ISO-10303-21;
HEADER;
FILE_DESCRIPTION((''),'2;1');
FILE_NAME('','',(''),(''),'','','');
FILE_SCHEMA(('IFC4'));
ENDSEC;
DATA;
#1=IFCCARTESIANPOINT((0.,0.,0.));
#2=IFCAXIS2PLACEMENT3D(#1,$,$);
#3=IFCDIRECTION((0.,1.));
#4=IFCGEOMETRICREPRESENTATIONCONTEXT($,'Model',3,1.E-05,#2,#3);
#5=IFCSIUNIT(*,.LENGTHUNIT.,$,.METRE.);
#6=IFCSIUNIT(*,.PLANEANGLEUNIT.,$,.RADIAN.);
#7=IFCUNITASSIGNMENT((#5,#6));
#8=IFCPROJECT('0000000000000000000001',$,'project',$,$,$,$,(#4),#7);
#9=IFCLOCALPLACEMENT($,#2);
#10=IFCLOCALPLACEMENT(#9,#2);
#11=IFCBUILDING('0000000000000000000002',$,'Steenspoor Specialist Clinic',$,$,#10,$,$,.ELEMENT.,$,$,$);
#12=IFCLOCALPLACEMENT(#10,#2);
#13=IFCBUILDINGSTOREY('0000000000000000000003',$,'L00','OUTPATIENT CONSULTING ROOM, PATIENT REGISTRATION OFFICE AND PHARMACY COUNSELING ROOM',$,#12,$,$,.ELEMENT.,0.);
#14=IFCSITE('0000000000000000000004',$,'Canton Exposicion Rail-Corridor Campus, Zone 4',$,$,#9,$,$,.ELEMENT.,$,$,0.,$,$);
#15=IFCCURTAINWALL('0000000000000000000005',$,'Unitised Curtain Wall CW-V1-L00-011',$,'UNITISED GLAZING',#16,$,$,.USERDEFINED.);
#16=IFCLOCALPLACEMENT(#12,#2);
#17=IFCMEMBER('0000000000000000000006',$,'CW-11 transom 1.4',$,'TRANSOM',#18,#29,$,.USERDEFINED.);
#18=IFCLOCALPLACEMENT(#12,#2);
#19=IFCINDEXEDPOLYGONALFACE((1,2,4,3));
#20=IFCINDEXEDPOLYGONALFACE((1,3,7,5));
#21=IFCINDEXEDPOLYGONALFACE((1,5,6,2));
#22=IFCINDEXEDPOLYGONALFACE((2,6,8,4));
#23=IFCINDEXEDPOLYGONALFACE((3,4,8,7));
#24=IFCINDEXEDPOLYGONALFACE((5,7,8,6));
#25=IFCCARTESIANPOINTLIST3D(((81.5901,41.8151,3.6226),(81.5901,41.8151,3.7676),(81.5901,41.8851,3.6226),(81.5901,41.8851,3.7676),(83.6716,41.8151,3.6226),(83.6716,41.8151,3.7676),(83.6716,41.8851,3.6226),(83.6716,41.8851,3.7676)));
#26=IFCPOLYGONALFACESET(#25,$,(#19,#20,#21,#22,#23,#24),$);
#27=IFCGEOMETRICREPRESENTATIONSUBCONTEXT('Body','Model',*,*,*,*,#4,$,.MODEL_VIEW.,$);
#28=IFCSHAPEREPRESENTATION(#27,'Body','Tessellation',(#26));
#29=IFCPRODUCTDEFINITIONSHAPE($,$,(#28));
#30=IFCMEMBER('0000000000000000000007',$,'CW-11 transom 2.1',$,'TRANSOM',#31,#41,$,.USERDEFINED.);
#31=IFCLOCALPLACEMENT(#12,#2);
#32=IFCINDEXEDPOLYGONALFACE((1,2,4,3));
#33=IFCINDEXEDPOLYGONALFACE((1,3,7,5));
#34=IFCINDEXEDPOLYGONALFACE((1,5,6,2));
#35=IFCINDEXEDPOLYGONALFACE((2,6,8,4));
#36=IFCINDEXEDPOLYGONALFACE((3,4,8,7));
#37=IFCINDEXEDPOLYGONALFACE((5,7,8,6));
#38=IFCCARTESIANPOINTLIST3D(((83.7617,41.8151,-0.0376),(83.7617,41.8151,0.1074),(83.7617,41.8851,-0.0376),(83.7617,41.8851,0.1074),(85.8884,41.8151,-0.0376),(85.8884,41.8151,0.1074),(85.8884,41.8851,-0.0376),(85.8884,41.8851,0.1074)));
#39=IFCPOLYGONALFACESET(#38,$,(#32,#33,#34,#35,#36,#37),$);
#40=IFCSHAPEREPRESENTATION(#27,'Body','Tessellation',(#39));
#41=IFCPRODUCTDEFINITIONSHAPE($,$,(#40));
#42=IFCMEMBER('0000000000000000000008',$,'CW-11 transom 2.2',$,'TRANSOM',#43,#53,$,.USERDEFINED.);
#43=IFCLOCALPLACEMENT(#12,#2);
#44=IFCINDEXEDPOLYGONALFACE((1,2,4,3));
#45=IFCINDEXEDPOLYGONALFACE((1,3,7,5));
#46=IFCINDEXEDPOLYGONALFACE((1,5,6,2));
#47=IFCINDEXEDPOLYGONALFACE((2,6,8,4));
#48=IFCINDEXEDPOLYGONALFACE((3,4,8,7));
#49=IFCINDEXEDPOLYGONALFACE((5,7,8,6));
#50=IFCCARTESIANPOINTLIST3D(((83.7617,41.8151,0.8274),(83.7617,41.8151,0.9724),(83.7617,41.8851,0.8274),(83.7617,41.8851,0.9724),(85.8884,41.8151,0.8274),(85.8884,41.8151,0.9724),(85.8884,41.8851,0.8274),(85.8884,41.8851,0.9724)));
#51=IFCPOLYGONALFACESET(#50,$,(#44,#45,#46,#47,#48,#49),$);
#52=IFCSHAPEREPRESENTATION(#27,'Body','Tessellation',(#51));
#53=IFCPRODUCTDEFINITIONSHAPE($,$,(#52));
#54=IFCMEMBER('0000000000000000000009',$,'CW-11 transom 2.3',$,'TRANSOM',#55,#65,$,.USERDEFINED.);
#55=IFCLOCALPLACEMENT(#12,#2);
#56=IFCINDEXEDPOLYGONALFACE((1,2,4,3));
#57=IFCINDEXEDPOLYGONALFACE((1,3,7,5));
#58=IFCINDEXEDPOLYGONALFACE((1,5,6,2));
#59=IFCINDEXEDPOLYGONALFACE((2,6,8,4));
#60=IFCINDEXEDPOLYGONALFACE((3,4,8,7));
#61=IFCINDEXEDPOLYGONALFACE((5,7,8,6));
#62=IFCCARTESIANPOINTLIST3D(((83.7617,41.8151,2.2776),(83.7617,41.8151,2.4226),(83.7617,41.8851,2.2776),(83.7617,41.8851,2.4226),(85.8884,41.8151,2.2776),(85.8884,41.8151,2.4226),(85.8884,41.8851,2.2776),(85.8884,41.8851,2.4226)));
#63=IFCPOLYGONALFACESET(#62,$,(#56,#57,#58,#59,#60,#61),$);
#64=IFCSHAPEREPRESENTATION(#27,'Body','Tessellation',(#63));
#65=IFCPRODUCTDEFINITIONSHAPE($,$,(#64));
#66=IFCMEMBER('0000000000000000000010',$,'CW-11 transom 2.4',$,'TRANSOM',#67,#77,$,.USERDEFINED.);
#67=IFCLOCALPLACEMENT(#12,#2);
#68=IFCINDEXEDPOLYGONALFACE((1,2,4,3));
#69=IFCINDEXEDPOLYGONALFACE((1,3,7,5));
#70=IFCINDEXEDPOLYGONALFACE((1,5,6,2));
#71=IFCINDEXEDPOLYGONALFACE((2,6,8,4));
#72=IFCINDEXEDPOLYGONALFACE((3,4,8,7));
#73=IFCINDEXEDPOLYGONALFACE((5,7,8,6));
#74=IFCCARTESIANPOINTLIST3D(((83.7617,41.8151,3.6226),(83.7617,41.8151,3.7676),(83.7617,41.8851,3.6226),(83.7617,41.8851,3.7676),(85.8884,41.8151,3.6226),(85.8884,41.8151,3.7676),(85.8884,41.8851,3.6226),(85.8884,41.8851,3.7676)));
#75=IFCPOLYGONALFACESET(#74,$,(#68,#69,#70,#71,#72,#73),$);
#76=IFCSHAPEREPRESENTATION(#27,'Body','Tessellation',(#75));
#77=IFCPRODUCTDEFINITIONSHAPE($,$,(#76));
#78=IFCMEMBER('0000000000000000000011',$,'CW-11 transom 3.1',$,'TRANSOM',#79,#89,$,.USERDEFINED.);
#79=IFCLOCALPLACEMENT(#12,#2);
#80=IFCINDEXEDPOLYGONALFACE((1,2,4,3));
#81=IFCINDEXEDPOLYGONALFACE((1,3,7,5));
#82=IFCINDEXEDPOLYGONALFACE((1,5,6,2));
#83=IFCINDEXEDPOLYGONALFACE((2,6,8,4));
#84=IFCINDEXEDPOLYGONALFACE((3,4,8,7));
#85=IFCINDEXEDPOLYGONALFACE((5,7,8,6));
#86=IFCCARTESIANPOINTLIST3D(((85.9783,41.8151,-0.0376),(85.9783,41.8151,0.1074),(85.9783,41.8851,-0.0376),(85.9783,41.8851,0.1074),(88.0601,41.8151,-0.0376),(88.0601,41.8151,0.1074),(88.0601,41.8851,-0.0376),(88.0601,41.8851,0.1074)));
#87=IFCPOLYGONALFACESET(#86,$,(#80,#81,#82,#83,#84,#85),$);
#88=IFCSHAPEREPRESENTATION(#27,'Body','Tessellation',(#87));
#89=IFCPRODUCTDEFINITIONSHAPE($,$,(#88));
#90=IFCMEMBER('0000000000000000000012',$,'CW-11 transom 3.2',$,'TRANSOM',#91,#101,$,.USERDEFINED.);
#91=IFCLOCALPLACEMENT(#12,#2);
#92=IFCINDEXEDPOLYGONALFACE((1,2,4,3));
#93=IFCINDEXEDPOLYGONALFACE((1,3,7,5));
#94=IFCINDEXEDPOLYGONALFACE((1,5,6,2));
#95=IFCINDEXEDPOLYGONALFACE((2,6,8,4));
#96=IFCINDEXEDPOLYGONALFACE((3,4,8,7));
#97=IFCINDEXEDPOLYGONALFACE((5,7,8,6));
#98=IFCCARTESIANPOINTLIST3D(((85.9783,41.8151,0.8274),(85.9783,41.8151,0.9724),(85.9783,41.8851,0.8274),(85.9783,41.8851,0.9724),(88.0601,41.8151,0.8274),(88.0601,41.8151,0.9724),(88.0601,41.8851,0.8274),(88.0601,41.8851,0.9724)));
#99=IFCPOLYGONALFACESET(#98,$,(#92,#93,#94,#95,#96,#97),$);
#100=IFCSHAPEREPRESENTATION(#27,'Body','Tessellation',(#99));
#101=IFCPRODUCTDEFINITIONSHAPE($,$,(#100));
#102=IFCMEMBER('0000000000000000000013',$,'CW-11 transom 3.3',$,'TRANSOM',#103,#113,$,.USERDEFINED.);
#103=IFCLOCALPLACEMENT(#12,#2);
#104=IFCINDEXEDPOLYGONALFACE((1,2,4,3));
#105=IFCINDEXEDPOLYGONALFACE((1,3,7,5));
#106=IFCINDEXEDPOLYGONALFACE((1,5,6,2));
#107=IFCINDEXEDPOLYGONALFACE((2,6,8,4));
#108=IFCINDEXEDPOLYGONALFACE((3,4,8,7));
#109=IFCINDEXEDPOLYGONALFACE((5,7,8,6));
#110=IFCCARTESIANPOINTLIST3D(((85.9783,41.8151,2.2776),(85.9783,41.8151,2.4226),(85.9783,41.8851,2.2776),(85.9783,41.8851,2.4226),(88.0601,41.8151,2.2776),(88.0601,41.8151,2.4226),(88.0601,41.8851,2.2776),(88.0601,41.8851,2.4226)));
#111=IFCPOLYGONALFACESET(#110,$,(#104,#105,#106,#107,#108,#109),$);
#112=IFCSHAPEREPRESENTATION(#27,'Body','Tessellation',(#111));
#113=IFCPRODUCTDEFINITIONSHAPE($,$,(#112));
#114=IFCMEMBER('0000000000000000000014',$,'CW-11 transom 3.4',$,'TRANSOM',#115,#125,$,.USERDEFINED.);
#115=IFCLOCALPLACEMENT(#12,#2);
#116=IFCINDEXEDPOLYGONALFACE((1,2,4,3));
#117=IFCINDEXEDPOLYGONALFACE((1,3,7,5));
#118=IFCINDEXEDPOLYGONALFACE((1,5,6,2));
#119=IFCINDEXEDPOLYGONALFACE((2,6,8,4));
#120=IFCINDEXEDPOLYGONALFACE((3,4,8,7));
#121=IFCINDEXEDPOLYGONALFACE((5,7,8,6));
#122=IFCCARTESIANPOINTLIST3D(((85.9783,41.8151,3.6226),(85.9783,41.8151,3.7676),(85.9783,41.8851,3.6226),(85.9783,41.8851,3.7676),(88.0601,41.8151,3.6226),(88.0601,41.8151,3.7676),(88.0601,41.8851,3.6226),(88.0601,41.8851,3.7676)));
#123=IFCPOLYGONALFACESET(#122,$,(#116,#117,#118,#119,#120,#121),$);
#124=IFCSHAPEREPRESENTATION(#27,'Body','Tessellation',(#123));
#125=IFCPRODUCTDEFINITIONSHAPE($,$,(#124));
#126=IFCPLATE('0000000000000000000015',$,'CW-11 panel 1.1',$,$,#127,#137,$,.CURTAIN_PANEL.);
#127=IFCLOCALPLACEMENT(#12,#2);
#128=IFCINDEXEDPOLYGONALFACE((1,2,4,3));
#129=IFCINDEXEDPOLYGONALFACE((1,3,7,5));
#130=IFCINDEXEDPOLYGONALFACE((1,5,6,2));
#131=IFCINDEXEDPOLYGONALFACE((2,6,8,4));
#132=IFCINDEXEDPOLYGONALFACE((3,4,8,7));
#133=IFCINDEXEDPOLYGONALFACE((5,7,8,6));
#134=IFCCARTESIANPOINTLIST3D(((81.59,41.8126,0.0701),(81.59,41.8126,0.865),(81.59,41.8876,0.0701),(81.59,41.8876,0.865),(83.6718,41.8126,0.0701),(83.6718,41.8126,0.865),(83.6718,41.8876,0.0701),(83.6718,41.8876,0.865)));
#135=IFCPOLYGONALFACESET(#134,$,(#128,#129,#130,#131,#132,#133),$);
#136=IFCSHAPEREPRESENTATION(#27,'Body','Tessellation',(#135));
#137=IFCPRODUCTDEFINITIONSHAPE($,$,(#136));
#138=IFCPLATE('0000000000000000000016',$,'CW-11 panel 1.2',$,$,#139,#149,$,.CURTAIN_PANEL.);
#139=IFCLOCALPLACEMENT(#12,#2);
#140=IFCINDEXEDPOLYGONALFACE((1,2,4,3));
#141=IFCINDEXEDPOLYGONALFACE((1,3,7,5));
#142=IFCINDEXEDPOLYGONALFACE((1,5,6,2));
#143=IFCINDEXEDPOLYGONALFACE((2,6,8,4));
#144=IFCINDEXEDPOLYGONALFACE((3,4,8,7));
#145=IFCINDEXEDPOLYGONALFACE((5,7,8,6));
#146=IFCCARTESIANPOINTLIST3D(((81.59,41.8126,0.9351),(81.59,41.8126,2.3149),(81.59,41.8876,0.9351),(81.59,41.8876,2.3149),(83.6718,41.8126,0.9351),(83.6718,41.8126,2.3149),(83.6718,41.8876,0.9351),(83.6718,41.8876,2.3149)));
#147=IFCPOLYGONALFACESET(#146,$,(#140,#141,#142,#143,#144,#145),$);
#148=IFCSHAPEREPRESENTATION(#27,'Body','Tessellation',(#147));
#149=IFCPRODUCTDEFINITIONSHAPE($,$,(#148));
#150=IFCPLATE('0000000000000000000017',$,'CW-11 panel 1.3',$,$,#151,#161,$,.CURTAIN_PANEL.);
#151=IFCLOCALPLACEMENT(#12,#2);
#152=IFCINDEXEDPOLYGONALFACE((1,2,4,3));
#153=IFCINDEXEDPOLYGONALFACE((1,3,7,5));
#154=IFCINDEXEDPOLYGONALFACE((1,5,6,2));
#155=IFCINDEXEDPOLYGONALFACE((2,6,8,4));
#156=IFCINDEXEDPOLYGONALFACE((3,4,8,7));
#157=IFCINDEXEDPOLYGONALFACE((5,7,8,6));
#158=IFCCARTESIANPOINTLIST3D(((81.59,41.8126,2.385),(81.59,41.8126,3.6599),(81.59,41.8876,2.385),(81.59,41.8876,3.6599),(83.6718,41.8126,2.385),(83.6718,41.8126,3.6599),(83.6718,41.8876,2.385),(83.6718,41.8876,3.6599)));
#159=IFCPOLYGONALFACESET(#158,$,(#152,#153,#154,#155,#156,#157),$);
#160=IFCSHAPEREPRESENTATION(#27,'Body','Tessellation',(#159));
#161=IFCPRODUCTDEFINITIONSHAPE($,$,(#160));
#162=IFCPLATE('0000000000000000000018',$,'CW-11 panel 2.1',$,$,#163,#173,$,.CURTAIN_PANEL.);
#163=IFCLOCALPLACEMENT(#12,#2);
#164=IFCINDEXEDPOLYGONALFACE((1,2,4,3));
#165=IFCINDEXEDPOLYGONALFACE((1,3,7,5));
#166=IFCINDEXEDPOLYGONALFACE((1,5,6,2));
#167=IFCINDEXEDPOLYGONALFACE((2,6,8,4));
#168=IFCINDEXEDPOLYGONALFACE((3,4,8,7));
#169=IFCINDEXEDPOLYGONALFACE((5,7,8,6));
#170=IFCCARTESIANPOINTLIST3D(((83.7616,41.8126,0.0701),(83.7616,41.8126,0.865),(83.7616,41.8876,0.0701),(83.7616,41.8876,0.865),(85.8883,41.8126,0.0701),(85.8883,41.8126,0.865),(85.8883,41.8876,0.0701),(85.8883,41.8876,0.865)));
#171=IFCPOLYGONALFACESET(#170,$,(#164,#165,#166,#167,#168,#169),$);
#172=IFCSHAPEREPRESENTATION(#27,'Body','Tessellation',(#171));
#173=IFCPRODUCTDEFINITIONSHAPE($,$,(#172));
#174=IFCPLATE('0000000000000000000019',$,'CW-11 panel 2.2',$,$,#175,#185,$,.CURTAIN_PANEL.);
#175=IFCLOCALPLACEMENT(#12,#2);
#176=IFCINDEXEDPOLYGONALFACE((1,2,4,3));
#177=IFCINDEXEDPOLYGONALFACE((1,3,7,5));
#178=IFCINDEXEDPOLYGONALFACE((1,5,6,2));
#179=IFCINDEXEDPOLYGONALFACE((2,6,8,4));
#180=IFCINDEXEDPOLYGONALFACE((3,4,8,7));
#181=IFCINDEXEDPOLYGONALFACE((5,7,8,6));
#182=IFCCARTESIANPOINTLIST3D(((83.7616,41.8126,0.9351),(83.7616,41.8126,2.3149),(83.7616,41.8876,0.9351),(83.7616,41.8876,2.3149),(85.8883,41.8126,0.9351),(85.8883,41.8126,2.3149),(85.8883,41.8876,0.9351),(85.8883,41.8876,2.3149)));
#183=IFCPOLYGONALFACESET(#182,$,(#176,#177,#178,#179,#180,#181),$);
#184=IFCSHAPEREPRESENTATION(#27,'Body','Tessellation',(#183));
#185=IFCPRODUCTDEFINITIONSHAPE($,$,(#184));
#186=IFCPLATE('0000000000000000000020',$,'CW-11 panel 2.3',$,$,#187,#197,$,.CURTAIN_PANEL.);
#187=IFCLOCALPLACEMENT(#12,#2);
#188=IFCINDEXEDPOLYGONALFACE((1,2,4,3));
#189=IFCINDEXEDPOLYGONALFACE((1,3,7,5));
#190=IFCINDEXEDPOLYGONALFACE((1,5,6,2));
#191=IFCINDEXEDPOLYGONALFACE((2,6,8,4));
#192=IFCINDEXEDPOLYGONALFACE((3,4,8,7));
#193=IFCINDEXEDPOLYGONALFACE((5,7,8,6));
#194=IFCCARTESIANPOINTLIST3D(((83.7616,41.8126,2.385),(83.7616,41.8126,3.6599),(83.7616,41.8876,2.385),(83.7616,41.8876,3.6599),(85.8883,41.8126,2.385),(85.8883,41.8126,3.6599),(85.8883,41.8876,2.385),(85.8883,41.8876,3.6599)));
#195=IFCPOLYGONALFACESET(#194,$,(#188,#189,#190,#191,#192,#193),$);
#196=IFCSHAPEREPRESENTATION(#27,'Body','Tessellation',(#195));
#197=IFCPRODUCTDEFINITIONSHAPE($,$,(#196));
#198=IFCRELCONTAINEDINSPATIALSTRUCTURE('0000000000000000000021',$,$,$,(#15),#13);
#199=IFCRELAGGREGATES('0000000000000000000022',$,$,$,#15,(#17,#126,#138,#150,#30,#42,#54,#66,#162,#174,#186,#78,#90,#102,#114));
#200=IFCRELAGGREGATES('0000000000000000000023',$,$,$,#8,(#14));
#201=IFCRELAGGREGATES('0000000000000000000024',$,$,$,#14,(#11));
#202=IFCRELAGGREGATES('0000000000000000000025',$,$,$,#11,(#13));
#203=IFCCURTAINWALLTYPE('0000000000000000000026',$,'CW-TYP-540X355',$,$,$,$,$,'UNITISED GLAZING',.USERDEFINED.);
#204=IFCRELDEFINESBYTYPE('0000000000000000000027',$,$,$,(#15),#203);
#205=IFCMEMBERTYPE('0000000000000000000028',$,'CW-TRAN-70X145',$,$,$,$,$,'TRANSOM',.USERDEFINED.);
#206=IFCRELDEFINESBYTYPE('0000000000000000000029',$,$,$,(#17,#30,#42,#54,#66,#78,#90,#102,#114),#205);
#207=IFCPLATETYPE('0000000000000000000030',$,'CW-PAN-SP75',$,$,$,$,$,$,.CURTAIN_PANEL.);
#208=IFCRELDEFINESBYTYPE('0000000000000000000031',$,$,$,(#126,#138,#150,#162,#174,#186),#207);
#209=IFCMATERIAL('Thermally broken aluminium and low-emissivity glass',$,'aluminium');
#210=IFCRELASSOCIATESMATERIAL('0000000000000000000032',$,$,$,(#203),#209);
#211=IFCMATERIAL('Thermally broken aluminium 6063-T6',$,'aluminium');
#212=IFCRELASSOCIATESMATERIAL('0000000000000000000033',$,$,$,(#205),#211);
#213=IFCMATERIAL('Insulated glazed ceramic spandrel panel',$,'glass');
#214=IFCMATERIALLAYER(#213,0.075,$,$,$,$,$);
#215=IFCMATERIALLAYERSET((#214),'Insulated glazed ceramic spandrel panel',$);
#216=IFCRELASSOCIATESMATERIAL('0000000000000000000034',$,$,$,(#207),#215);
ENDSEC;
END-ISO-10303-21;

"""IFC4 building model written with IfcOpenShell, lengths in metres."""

from ifc_helpers import new_model, si_unit, direction, frame, origin, origin_2d, place, context, subcontext, project, spatial, rectangle, extrude, material, layer, layer_set, material_profile, profile_set, type_object, element, aggregate, save


model = new_model("IFC4")

# Units and contexts
model_context = context("Model", 3, precision=1e-05, world=origin(), true_north=direction((0.0, 1.0)))
body_context = subcontext(model_context, "Body", "Model", "MODEL_VIEW")
ifc_project = project(units=[si_unit("LENGTHUNIT", "METRE"), si_unit("PLANEANGLEUNIT", "RADIAN")], contexts=[model_context])

# Site, building, storey
site_placement = place(None, origin())
site = spatial("IfcSite", under=ifc_project, at=site_placement, Name="Canton Exposicion Rail-Corridor Campus, Zone 4", CompositionType="ELEMENT", RefElevation=0.0)
building_placement = place(site_placement, origin())
building = spatial("IfcBuilding", under=site, at=building_placement, Name="Steenspoor Specialist Clinic", CompositionType="ELEMENT")
storey_placement = place(building_placement, origin())
storey = spatial("IfcBuildingStorey", under=building, at=storey_placement, Name="L00", Description="OUTPATIENT CONSULTING ROOM, PATIENT REGISTRATION OFFICE AND PHARMACY COUNSELING ROOM", CompositionType="ELEMENT", Elevation=0.0)

# Curtain wall, members, plates
ifc_material_1 = material(Name="Thermally broken aluminium and low-emissivity glass", Category="aluminium")
curtain_wall_type = type_object("IfcCurtainWallType", Name="CW-TYP-540X355", ElementType="UNITISED GLAZING", PredefinedType="USERDEFINED", material=ifc_material_1)
curtain_wall_placement = place(storey_placement, origin())
curtain_wall = element("IfcCurtainWall", 1, at=curtain_wall_placement, inside=storey, type_object=curtain_wall_type, Name="Unitised Curtain Wall CW-V1-L00-011", ObjectType="UNITISED GLAZING", PredefinedType="USERDEFINED")
ifc_material_2 = material(Name="Thermally broken aluminium 6063-T6", Category="aluminium")
ifc_material_profile_1 = material_profile(ifc_material_2, rectangle(XDim=0.0701, YDim=0.145, at=origin_2d()), Name="CWT-70X145")
ifc_profile_set_1 = profile_set([ifc_material_profile_1], Name="Thermally broken aluminium 6063-T6")
member_type_1 = type_object("IfcMemberType", Name="CW-TRAN-70X145", ElementType="TRANSOM", PredefinedType="USERDEFINED", material=ifc_profile_set_1)
member_1_placement = place(storey_placement, frame((81.5901, 41.8501, 3.6951), z_axis=(1.0, 0.0, 0.0), x_axis=(0.0, 1.0, 0.0)))
member_1 = element("IfcMember", 2, at=member_1_placement, type_object=member_type_1, Name="CW-11 transom 1.4", ObjectType="TRANSOM", PredefinedType="USERDEFINED", context=body_context, shape_type="SweptSolid", body=[
    extrude(rectangle(XDim=0.0701, YDim=0.145, at=origin_2d()), origin(), (0.0, 0.0, 1.0), 2.0815),
])
member_2_placement = place(storey_placement, frame((83.7617, 41.8501, 0.0349), z_axis=(1.0, 0.0, 0.0), x_axis=(0.0, 1.0, 0.0)))
member_2 = element("IfcMember", 3, at=member_2_placement, type_object=member_type_1, Name="CW-11 transom 2.1", ObjectType="TRANSOM", PredefinedType="USERDEFINED", context=body_context, shape_type="SweptSolid", body=[
    extrude(rectangle(XDim=0.0701, YDim=0.145, at=origin_2d()), origin(), (0.0, 0.0, 1.0), 2.1267),
])
member_3_placement = place(storey_placement, frame((83.7617, 41.8501, 0.8999), z_axis=(1.0, 0.0, 0.0), x_axis=(0.0, 1.0, 0.0)))
member_3 = element("IfcMember", 4, at=member_3_placement, type_object=member_type_1, Name="CW-11 transom 2.2", ObjectType="TRANSOM", PredefinedType="USERDEFINED", context=body_context, shape_type="SweptSolid", body=[
    extrude(rectangle(XDim=0.0701, YDim=0.145, at=origin_2d()), origin(), (0.0, 0.0, 1.0), 2.1267),
])
member_4_placement = place(storey_placement, frame((83.7617, 41.8501, 2.3501), z_axis=(1.0, 0.0, 0.0), x_axis=(0.0, 1.0, 0.0)))
member_4 = element("IfcMember", 5, at=member_4_placement, type_object=member_type_1, Name="CW-11 transom 2.3", ObjectType="TRANSOM", PredefinedType="USERDEFINED", context=body_context, shape_type="SweptSolid", body=[
    extrude(rectangle(XDim=0.0701, YDim=0.145, at=origin_2d()), origin(), (0.0, 0.0, 1.0), 2.1267),
])
member_5_placement = place(storey_placement, frame((83.7617, 41.8501, 3.6951), z_axis=(1.0, 0.0, 0.0), x_axis=(0.0, 1.0, 0.0)))
member_5 = element("IfcMember", 6, at=member_5_placement, type_object=member_type_1, Name="CW-11 transom 2.4", ObjectType="TRANSOM", PredefinedType="USERDEFINED", context=body_context, shape_type="SweptSolid", body=[
    extrude(rectangle(XDim=0.0701, YDim=0.145, at=origin_2d()), origin(), (0.0, 0.0, 1.0), 2.1267),
])
member_6_placement = place(storey_placement, frame((85.9783, 41.8501, 0.0349), z_axis=(1.0, 0.0, 0.0), x_axis=(0.0, 1.0, 0.0)))
member_6 = element("IfcMember", 7, at=member_6_placement, type_object=member_type_1, Name="CW-11 transom 3.1", ObjectType="TRANSOM", PredefinedType="USERDEFINED", context=body_context, shape_type="SweptSolid", body=[
    extrude(rectangle(XDim=0.0701, YDim=0.145, at=origin_2d()), origin(), (0.0, 0.0, 1.0), 2.0818),
])
member_7_placement = place(storey_placement, frame((85.9783, 41.8501, 0.8999), z_axis=(1.0, 0.0, 0.0), x_axis=(0.0, 1.0, 0.0)))
member_7 = element("IfcMember", 8, at=member_7_placement, type_object=member_type_1, Name="CW-11 transom 3.2", ObjectType="TRANSOM", PredefinedType="USERDEFINED", context=body_context, shape_type="SweptSolid", body=[
    extrude(rectangle(XDim=0.0701, YDim=0.145, at=origin_2d()), origin(), (0.0, 0.0, 1.0), 2.0818),
])
member_8_placement = place(storey_placement, frame((85.9783, 41.8501, 2.3501), z_axis=(1.0, 0.0, 0.0), x_axis=(0.0, 1.0, 0.0)))
member_8 = element("IfcMember", 9, at=member_8_placement, type_object=member_type_1, Name="CW-11 transom 3.3", ObjectType="TRANSOM", PredefinedType="USERDEFINED", context=body_context, shape_type="SweptSolid", body=[
    extrude(rectangle(XDim=0.0701, YDim=0.145, at=origin_2d()), origin(), (0.0, 0.0, 1.0), 2.0818),
])
member_9_placement = place(storey_placement, frame((85.9783, 41.8501, 3.6951), z_axis=(1.0, 0.0, 0.0), x_axis=(0.0, 1.0, 0.0)))
member_9 = element("IfcMember", 10, at=member_9_placement, type_object=member_type_1, Name="CW-11 transom 3.4", ObjectType="TRANSOM", PredefinedType="USERDEFINED", context=body_context, shape_type="SweptSolid", body=[
    extrude(rectangle(XDim=0.0701, YDim=0.145, at=origin_2d()), origin(), (0.0, 0.0, 1.0), 2.0818),
])
ifc_material_3 = material(Name="Insulated glazed ceramic spandrel panel", Category="glass")
ifc_layer_1 = layer(ifc_material_3, 0.075)
ifc_layer_set_1 = layer_set([ifc_layer_1], Name="Insulated glazed ceramic spandrel panel")
plate_type = type_object("IfcPlateType", Name="CW-PAN-SP75", PredefinedType="CURTAIN_PANEL", material=ifc_layer_set_1)
plate_1_placement = place(storey_placement, frame((82.6309, 41.8501, 0.0701), z_axis=(0.0, 0.0, 1.0), x_axis=(1.0, 0.0, 0.0)))
plate_1 = element("IfcPlate", 11, at=plate_1_placement, type_object=plate_type, Name="CW-11 panel 1.1", PredefinedType="CURTAIN_PANEL", context=body_context, shape_type="SweptSolid", body=[
    extrude(rectangle(XDim=2.0818, YDim=0.075, at=origin_2d()), origin(), (0.0, 0.0, 1.0), 0.7949),
])
plate_2_placement = place(storey_placement, frame((82.6309, 41.8501, 0.9351), z_axis=(0.0, 0.0, 1.0), x_axis=(1.0, 0.0, 0.0)))
plate_2 = element("IfcPlate", 12, at=plate_2_placement, type_object=plate_type, Name="CW-11 panel 1.2", PredefinedType="CURTAIN_PANEL", context=body_context, shape_type="SweptSolid", body=[
    extrude(rectangle(XDim=2.0818, YDim=0.075, at=origin_2d()), origin(), (0.0, 0.0, 1.0), 1.3799),
])
plate_3_placement = place(storey_placement, frame((82.6309, 41.8501, 2.385), z_axis=(0.0, 0.0, 1.0), x_axis=(1.0, 0.0, 0.0)))
plate_3 = element("IfcPlate", 13, at=plate_3_placement, type_object=plate_type, Name="CW-11 panel 1.3", PredefinedType="CURTAIN_PANEL", context=body_context, shape_type="SweptSolid", body=[
    extrude(rectangle(XDim=2.0818, YDim=0.075, at=origin_2d()), origin(), (0.0, 0.0, 1.0), 1.2749),
])
plate_4_placement = place(storey_placement, frame((84.825, 41.8501, 0.0701), z_axis=(0.0, 0.0, 1.0), x_axis=(1.0, 0.0, 0.0)))
plate_4 = element("IfcPlate", 14, at=plate_4_placement, type_object=plate_type, Name="CW-11 panel 2.1", PredefinedType="CURTAIN_PANEL", context=body_context, shape_type="SweptSolid", body=[
    extrude(rectangle(XDim=2.1267, YDim=0.075, at=origin_2d()), origin(), (0.0, 0.0, 1.0), 0.7949),
])
plate_5_placement = place(storey_placement, frame((84.825, 41.8501, 0.9351), z_axis=(0.0, 0.0, 1.0), x_axis=(1.0, 0.0, 0.0)))
plate_5 = element("IfcPlate", 15, at=plate_5_placement, type_object=plate_type, Name="CW-11 panel 2.2", PredefinedType="CURTAIN_PANEL", context=body_context, shape_type="SweptSolid", body=[
    extrude(rectangle(XDim=2.1267, YDim=0.075, at=origin_2d()), origin(), (0.0, 0.0, 1.0), 1.3799),
])
plate_6_placement = place(storey_placement, frame((84.825, 41.8501, 2.385), z_axis=(0.0, 0.0, 1.0), x_axis=(1.0, 0.0, 0.0)))
plate_6 = element("IfcPlate", 16, at=plate_6_placement, type_object=plate_type, Name="CW-11 panel 2.3", PredefinedType="CURTAIN_PANEL", context=body_context, shape_type="SweptSolid", body=[
    extrude(rectangle(XDim=2.1267, YDim=0.075, at=origin_2d()), origin(), (0.0, 0.0, 1.0), 1.2749),
])
aggregate(curtain_wall, [member_1, plate_1, plate_2, plate_3, member_2, member_3, member_4, member_5, plate_4, plate_5, plate_6, member_6, member_7, member_8, member_9])

save(model, "model.ifc")
